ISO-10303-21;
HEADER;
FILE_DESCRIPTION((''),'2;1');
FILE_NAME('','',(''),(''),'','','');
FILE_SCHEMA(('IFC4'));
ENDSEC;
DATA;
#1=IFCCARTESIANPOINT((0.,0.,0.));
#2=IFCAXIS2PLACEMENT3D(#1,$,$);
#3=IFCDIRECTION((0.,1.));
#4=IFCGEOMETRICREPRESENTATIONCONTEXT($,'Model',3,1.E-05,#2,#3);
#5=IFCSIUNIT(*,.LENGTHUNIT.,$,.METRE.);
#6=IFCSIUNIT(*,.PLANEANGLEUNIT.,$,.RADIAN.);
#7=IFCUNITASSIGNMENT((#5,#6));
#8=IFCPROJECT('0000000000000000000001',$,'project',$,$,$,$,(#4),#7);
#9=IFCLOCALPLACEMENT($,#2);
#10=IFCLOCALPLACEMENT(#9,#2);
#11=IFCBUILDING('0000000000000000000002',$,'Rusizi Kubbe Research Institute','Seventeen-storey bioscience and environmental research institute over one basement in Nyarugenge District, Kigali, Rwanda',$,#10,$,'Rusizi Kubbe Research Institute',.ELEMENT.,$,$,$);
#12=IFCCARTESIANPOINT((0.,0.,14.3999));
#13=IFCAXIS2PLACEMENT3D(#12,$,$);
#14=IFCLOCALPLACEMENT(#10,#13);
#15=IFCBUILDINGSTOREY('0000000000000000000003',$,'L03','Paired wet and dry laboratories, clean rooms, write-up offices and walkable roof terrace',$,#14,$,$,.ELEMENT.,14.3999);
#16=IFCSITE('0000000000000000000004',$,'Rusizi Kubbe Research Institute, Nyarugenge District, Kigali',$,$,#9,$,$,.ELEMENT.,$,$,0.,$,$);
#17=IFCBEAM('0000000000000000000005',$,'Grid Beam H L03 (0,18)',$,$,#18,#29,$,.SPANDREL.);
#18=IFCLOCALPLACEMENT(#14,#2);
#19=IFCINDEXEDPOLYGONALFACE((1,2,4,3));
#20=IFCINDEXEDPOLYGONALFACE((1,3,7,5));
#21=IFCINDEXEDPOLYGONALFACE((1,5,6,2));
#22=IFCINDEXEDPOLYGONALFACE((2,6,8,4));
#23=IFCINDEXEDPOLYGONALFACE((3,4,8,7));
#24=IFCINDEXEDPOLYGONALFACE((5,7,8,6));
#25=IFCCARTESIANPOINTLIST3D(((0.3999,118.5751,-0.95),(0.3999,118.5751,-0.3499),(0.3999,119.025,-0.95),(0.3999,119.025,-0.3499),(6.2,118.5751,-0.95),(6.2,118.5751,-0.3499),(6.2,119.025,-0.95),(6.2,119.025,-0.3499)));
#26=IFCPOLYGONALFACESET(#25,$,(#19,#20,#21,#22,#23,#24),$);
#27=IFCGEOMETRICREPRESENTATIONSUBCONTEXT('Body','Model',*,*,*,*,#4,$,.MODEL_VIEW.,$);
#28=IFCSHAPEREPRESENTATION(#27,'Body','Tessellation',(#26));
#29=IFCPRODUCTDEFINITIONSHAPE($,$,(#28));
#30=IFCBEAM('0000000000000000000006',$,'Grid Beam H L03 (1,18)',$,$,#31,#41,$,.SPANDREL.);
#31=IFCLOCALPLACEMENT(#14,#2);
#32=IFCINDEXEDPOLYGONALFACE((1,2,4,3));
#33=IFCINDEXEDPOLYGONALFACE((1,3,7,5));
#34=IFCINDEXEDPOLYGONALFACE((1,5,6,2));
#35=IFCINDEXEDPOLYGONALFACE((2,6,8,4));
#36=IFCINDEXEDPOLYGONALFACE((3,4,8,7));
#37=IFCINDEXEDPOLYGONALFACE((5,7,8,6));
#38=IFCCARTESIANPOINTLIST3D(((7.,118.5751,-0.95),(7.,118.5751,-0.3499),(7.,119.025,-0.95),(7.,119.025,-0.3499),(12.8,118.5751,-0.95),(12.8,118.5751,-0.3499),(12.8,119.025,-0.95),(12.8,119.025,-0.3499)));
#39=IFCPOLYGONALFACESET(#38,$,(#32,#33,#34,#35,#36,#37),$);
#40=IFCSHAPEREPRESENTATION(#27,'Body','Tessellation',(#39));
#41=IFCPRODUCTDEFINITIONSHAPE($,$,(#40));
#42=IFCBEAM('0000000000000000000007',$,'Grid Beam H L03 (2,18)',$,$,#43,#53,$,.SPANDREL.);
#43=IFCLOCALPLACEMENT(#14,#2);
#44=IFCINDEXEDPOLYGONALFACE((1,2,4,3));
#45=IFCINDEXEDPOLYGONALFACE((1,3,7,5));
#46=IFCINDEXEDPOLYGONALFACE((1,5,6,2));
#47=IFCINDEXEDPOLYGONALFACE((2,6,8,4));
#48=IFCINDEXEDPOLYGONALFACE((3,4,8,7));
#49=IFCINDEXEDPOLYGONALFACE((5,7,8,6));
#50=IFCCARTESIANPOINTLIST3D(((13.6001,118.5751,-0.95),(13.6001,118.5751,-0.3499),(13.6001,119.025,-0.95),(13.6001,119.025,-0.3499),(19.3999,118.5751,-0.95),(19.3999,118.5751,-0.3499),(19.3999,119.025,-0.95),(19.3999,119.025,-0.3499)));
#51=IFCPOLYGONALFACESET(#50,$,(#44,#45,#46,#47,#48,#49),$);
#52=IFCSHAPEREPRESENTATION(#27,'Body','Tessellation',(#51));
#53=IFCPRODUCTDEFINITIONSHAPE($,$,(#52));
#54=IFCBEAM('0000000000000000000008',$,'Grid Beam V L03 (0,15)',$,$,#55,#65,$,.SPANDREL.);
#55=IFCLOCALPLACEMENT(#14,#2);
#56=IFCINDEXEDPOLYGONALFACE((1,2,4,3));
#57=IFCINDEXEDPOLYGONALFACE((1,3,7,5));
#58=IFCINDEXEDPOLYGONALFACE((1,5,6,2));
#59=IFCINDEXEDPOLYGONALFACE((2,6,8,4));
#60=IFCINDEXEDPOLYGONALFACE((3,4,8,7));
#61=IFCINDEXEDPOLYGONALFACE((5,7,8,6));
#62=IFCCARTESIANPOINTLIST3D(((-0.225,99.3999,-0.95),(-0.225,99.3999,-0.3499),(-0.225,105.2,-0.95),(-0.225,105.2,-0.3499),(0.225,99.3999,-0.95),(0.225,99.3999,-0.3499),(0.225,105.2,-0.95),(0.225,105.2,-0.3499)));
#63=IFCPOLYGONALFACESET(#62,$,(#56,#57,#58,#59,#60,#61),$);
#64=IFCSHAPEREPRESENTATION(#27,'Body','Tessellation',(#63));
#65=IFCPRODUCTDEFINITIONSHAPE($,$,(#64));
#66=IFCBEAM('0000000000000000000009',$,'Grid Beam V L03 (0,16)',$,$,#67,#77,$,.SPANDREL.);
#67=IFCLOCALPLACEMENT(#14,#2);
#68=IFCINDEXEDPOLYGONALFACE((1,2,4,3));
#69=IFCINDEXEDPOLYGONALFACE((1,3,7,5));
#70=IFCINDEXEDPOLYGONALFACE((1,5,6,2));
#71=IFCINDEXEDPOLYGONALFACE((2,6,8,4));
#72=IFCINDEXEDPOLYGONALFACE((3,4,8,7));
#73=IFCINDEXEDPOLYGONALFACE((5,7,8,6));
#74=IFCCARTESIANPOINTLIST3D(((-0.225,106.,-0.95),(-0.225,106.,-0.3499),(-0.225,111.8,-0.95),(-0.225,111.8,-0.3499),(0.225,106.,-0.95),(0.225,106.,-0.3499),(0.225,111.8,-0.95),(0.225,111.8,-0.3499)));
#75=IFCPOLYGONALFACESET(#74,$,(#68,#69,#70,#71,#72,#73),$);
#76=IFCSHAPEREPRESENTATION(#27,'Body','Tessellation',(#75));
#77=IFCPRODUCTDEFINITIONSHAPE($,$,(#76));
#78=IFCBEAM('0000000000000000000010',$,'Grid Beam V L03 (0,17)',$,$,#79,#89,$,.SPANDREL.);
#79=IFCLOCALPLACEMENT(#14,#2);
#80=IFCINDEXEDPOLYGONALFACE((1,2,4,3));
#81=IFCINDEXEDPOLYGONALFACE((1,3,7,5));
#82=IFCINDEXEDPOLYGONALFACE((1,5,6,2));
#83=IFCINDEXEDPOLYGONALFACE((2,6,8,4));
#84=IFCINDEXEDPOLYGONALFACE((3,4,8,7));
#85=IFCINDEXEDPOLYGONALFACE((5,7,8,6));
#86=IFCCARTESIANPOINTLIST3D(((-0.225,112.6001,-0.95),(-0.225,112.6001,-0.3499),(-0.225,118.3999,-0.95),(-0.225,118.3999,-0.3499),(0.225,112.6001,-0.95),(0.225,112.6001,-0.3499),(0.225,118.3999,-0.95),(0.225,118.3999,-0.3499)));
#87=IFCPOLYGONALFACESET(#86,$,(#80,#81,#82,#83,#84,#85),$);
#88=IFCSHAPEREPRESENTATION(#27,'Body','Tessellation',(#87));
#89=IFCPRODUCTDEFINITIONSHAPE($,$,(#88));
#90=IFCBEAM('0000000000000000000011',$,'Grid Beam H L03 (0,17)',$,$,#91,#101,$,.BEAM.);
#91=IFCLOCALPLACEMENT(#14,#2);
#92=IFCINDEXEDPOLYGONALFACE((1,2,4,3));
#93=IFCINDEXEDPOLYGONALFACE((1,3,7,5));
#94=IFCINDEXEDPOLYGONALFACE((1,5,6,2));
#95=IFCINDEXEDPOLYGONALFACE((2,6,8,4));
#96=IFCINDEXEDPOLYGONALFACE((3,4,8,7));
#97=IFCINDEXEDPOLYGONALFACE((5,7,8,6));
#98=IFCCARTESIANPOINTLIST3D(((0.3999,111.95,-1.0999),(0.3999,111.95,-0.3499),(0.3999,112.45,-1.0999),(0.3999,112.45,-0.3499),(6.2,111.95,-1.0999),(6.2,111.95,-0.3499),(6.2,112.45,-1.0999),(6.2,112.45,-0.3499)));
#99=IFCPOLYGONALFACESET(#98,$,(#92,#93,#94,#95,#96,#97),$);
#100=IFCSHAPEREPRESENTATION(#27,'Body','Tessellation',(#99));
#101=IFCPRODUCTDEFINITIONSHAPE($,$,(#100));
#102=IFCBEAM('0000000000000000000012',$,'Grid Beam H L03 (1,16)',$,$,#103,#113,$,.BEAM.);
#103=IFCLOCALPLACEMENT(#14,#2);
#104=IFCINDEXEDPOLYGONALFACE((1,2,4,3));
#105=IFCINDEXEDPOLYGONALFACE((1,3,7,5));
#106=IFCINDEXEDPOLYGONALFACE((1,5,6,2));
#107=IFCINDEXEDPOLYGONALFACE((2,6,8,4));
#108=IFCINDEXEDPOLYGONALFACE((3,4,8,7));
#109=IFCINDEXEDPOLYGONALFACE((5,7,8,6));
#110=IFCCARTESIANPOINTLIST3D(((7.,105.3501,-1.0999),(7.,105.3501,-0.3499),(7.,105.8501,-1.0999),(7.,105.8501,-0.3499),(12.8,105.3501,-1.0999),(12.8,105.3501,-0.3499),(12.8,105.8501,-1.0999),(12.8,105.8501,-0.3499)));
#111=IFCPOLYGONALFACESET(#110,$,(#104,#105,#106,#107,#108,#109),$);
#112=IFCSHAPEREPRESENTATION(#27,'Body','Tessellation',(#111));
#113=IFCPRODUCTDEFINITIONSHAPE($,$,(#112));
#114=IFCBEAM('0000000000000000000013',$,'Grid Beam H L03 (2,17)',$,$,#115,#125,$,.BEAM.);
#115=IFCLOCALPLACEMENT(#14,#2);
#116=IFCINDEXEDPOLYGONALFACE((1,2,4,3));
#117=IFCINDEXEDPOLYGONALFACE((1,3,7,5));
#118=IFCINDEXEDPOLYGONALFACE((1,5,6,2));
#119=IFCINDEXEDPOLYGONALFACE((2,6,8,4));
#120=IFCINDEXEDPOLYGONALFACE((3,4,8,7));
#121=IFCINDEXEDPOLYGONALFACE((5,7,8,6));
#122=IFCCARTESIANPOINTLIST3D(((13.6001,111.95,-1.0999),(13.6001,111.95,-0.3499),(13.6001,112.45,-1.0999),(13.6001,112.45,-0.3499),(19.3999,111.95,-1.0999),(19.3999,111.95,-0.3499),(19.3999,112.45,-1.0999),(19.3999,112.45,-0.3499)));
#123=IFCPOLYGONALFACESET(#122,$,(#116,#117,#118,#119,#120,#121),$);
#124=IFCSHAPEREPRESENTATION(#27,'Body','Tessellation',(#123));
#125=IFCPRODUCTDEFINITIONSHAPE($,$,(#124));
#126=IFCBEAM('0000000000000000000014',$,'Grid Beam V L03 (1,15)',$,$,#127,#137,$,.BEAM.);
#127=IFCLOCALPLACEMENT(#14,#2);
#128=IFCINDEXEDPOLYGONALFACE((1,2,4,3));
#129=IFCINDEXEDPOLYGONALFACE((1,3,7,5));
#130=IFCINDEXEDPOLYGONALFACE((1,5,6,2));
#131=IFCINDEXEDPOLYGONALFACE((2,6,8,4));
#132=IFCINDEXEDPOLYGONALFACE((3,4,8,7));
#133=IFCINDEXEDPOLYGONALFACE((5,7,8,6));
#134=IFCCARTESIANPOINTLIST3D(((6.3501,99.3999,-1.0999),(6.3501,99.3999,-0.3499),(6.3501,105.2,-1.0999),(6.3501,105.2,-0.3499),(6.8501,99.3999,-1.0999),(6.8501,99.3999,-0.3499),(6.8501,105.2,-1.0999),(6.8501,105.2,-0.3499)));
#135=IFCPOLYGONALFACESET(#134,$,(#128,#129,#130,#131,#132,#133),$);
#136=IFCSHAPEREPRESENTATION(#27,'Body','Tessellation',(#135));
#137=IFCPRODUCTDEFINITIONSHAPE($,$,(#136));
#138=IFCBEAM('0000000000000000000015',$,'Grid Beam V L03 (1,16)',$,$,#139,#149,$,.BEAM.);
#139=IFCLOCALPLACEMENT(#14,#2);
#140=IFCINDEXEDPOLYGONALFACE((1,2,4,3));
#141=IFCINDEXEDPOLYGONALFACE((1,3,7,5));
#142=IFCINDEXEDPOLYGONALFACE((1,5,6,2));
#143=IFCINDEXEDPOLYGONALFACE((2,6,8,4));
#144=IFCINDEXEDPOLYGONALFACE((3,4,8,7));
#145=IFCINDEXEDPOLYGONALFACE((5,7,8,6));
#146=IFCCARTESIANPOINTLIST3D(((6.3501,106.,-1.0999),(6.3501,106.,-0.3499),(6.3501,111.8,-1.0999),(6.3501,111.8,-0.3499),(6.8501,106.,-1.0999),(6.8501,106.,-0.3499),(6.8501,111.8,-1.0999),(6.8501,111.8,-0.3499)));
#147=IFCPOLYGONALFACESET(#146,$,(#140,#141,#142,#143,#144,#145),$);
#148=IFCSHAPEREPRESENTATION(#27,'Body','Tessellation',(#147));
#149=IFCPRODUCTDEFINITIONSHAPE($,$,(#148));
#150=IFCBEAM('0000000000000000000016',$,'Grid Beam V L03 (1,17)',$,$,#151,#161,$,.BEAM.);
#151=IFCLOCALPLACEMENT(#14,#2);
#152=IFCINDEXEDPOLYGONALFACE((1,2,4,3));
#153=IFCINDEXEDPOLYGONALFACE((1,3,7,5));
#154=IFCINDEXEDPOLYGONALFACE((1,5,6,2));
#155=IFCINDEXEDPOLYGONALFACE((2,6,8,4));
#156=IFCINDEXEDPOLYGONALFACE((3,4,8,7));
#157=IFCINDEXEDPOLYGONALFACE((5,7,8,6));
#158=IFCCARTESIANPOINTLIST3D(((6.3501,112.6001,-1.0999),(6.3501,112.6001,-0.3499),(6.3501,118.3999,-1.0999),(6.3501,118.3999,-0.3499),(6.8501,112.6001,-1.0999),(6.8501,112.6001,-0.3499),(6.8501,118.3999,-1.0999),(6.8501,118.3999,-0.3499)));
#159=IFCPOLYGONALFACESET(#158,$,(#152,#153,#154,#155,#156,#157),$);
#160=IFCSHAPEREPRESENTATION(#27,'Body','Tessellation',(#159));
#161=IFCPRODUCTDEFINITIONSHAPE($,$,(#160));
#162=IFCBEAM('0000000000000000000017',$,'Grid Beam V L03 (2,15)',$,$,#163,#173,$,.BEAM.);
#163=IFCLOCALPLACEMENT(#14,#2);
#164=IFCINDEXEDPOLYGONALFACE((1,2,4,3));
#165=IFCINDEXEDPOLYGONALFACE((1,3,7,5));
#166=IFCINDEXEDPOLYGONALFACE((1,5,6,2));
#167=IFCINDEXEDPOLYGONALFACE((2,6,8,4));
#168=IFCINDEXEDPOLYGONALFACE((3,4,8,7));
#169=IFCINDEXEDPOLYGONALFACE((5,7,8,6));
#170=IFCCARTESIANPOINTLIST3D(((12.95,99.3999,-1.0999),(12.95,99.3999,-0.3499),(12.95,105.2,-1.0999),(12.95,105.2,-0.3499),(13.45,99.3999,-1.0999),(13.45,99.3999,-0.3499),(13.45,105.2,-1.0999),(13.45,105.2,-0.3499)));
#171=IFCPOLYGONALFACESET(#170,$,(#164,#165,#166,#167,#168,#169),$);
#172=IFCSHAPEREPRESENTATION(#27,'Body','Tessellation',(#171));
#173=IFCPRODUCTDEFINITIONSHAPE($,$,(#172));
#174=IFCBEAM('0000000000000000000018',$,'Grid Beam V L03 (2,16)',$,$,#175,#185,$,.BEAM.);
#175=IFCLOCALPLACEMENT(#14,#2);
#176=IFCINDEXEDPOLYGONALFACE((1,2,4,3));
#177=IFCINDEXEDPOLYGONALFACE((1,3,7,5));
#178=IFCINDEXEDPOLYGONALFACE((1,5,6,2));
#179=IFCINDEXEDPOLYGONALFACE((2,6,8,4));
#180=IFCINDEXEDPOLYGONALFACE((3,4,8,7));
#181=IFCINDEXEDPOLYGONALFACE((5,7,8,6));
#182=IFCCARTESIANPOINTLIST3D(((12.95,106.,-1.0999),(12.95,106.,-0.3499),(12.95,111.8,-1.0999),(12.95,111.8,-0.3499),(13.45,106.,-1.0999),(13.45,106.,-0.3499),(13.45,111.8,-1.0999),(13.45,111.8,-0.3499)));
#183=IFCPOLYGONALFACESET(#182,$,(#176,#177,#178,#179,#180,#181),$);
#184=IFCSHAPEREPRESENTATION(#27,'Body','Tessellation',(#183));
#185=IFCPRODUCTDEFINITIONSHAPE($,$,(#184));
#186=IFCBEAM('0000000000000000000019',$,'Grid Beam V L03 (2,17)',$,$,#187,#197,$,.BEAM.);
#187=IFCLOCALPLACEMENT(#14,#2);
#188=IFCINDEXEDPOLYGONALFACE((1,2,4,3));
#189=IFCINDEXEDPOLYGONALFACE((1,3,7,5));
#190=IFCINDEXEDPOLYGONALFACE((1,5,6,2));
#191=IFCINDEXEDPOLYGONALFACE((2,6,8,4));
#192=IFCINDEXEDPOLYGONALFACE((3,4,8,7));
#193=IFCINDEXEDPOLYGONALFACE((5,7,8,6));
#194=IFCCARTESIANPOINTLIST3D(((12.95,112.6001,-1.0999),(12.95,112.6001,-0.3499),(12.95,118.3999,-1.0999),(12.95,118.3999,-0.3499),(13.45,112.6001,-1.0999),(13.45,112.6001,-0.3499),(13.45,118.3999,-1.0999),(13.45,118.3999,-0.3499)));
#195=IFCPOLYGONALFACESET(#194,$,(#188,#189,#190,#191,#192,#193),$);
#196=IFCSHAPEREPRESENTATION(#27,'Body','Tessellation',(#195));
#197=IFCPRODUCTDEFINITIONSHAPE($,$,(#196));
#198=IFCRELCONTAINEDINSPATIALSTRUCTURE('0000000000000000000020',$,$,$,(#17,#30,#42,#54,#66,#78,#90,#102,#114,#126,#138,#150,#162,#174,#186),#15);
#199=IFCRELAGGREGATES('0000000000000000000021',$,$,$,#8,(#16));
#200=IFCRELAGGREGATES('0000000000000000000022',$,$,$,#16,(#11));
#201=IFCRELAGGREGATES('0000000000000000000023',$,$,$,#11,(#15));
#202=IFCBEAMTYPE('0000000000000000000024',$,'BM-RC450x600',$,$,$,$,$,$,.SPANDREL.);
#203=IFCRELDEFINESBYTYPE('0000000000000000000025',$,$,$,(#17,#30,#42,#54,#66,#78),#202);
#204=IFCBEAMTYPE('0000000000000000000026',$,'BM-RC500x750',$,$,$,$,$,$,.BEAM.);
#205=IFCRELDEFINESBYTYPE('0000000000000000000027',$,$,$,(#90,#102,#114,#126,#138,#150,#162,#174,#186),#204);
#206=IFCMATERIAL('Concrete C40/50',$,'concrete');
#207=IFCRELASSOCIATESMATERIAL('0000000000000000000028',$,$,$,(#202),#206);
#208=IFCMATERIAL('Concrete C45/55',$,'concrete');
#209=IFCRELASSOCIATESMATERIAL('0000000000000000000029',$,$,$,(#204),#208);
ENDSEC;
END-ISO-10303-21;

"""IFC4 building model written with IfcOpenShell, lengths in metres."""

from ifc_helpers import new_model, si_unit, direction, frame, origin, origin_2d, place, context, subcontext, project, spatial, rectangle, extrude, material, material_profile, profile_set, type_object, element, save


model = new_model("IFC4")

# Units and contexts
model_context = context("Model", 3, precision=1e-05, world=origin(), true_north=direction((0.0, 1.0)))
body_context = subcontext(model_context, "Body", "Model", "MODEL_VIEW")
ifc_project = project(units=[si_unit("LENGTHUNIT", "METRE"), si_unit("PLANEANGLEUNIT", "RADIAN")], contexts=[model_context])

# Site, building, storey
site_placement = place(None, origin())
site = spatial("IfcSite", under=ifc_project, at=site_placement, Name="Rusizi Kubbe Research Institute, Nyarugenge District, Kigali", CompositionType="ELEMENT", RefElevation=0.0)
building_placement = place(site_placement, origin())
building = spatial("IfcBuilding", under=site, at=building_placement, Name="Rusizi Kubbe Research Institute", Description="Seventeen-storey bioscience and environmental research institute over one basement in Nyarugenge District, Kigali, Rwanda", LongName="Rusizi Kubbe Research Institute", CompositionType="ELEMENT")
storey_placement = place(building_placement, frame((0.0, 0.0, 14.3999)))
storey = spatial("IfcBuildingStorey", under=building, at=storey_placement, Name="L03", Description="Paired wet and dry laboratories, clean rooms, write-up offices and walkable roof terrace", CompositionType="ELEMENT", Elevation=14.3999)

# Beams
ifc_material_1 = material(Name="Concrete C40/50", Category="concrete")
ifc_material_profile_1 = material_profile(ifc_material_1, rectangle(XDim=0.45, YDim=0.6001, at=origin_2d()), Name="RC450x600")
ifc_profile_set_1 = profile_set([ifc_material_profile_1], Name="Concrete C40/50")
beam_type_1 = type_object("IfcBeamType", Name="BM-RC450x600", PredefinedType="SPANDREL", material=ifc_profile_set_1)
for number, where, z_axis, x_axis, name in (
    (1, (0.3999, 118.8, -0.6499), (1.0, 0.0, 0.0), (0.0, 1.0, 0.0), "Grid Beam H L03 (0,18)"),
    (2, (7.0, 118.8, -0.6499), (1.0, 0.0, 0.0), (0.0, 1.0, 0.0), "Grid Beam H L03 (1,18)"),
):
    element("IfcBeam", number, at=place(storey_placement, frame(where, z_axis=z_axis, x_axis=x_axis)), inside=storey, type_object=beam_type_1, Name=name, PredefinedType="SPANDREL", context=body_context, shape_type="SweptSolid", body=[
        extrude(rectangle(XDim=0.45, YDim=0.6001, at=origin_2d()), origin(), (0.0, 0.0, 1.0), 5.8),
    ])
beam_1_placement = place(storey_placement, frame((13.6001, 118.8, -0.6499), z_axis=(1.0, 0.0, 0.0), x_axis=(0.0, 1.0, 0.0)))
element("IfcBeam", 3, at=beam_1_placement, inside=storey, type_object=beam_type_1, Name="Grid Beam H L03 (2,18)", PredefinedType="SPANDREL", context=body_context, shape_type="SweptSolid", body=[
    extrude(rectangle(XDim=0.45, YDim=0.6001, at=origin_2d()), origin(), (0.0, 0.0, 1.0), 5.7998),
])
for number, where, z_axis, x_axis, name in (
    (4, (0.0, 99.3999, -0.6499), (0.0, 1.0, 0.0), (-1.0, 0.0, 0.0), "Grid Beam V L03 (0,15)"),
    (5, (0.0, 106.0, -0.6499), (0.0, 1.0, 0.0), (-1.0, 0.0, 0.0), "Grid Beam V L03 (0,16)"),
):
    element("IfcBeam", number, at=place(storey_placement, frame(where, z_axis=z_axis, x_axis=x_axis)), inside=storey, type_object=beam_type_1, Name=name, PredefinedType="SPANDREL", context=body_context, shape_type="SweptSolid", body=[
        extrude(rectangle(XDim=0.45, YDim=0.6001, at=origin_2d()), origin(), (0.0, 0.0, 1.0), 5.8),
    ])
beam_2_placement = place(storey_placement, frame((0.0, 112.6001, -0.6499), z_axis=(0.0, 1.0, 0.0), x_axis=(-1.0, 0.0, 0.0)))
element("IfcBeam", 6, at=beam_2_placement, inside=storey, type_object=beam_type_1, Name="Grid Beam V L03 (0,17)", PredefinedType="SPANDREL", context=body_context, shape_type="SweptSolid", body=[
    extrude(rectangle(XDim=0.45, YDim=0.6001, at=origin_2d()), origin(), (0.0, 0.0, 1.0), 5.7998),
])
ifc_material_2 = material(Name="Concrete C45/55", Category="concrete")
ifc_material_profile_2 = material_profile(ifc_material_2, rectangle(XDim=0.5, YDim=0.75, at=origin_2d()), Name="RC500x750B")
ifc_profile_set_2 = profile_set([ifc_material_profile_2], Name="Concrete C45/55")
beam_type_2 = type_object("IfcBeamType", Name="BM-RC500x750", PredefinedType="BEAM", material=ifc_profile_set_2)
for number, where, z_axis, x_axis, name in (
    (7, (0.3999, 112.2, -0.7249), (1.0, 0.0, 0.0), (0.0, 1.0, 0.0), "Grid Beam H L03 (0,17)"),
    (8, (7.0, 105.6001, -0.7249), (1.0, 0.0, 0.0), (0.0, 1.0, 0.0), "Grid Beam H L03 (1,16)"),
):
    element("IfcBeam", number, at=place(storey_placement, frame(where, z_axis=z_axis, x_axis=x_axis)), inside=storey, type_object=beam_type_2, Name=name, PredefinedType="BEAM", context=body_context, shape_type="SweptSolid", body=[
        extrude(rectangle(XDim=0.5, YDim=0.75, at=origin_2d()), origin(), (0.0, 0.0, 1.0), 5.8),
    ])
beam_3_placement = place(storey_placement, frame((13.6001, 112.2, -0.7249), z_axis=(1.0, 0.0, 0.0), x_axis=(0.0, 1.0, 0.0)))
element("IfcBeam", 9, at=beam_3_placement, inside=storey, type_object=beam_type_2, Name="Grid Beam H L03 (2,17)", PredefinedType="BEAM", context=body_context, shape_type="SweptSolid", body=[
    extrude(rectangle(XDim=0.5, YDim=0.75, at=origin_2d()), origin(), (0.0, 0.0, 1.0), 5.7998),
])
for number, where, z_axis, x_axis, name in (
    (10, (6.6001, 99.3999, -0.7249), (0.0, 1.0, 0.0), (-1.0, 0.0, 0.0), "Grid Beam V L03 (1,15)"),
    (11, (6.6001, 106.0, -0.7249), (0.0, 1.0, 0.0), (-1.0, 0.0, 0.0), "Grid Beam V L03 (1,16)"),
):
    element("IfcBeam", number, at=place(storey_placement, frame(where, z_axis=z_axis, x_axis=x_axis)), inside=storey, type_object=beam_type_2, Name=name, PredefinedType="BEAM", context=body_context, shape_type="SweptSolid", body=[
        extrude(rectangle(XDim=0.5, YDim=0.75, at=origin_2d()), origin(), (0.0, 0.0, 1.0), 5.8),
    ])
beam_4_placement = place(storey_placement, frame((6.6001, 112.6001, -0.7249), z_axis=(0.0, 1.0, 0.0), x_axis=(-1.0, 0.0, 0.0)))
element("IfcBeam", 12, at=beam_4_placement, inside=storey, type_object=beam_type_2, Name="Grid Beam V L03 (1,17)", PredefinedType="BEAM", context=body_context, shape_type="SweptSolid", body=[
    extrude(rectangle(XDim=0.5, YDim=0.75, at=origin_2d()), origin(), (0.0, 0.0, 1.0), 5.7998),
])
for number, where, z_axis, x_axis, name in (
    (13, (13.2, 99.3999, -0.7249), (0.0, 1.0, 0.0), (-1.0, 0.0, 0.0), "Grid Beam V L03 (2,15)"),
    (14, (13.2, 106.0, -0.7249), (0.0, 1.0, 0.0), (-1.0, 0.0, 0.0), "Grid Beam V L03 (2,16)"),
):
    element("IfcBeam", number, at=place(storey_placement, frame(where, z_axis=z_axis, x_axis=x_axis)), inside=storey, type_object=beam_type_2, Name=name, PredefinedType="BEAM", context=body_context, shape_type="SweptSolid", body=[
        extrude(rectangle(XDim=0.5, YDim=0.75, at=origin_2d()), origin(), (0.0, 0.0, 1.0), 5.8),
    ])
beam_5_placement = place(storey_placement, frame((13.2, 112.6001, -0.7249), z_axis=(0.0, 1.0, 0.0), x_axis=(-1.0, 0.0, 0.0)))
element("IfcBeam", 15, at=beam_5_placement, inside=storey, type_object=beam_type_2, Name="Grid Beam V L03 (2,17)", PredefinedType="BEAM", context=body_context, shape_type="SweptSolid", body=[
    extrude(rectangle(XDim=0.5, YDim=0.75, at=origin_2d()), origin(), (0.0, 0.0, 1.0), 5.7998),
])

save(model, "model.ifc")
